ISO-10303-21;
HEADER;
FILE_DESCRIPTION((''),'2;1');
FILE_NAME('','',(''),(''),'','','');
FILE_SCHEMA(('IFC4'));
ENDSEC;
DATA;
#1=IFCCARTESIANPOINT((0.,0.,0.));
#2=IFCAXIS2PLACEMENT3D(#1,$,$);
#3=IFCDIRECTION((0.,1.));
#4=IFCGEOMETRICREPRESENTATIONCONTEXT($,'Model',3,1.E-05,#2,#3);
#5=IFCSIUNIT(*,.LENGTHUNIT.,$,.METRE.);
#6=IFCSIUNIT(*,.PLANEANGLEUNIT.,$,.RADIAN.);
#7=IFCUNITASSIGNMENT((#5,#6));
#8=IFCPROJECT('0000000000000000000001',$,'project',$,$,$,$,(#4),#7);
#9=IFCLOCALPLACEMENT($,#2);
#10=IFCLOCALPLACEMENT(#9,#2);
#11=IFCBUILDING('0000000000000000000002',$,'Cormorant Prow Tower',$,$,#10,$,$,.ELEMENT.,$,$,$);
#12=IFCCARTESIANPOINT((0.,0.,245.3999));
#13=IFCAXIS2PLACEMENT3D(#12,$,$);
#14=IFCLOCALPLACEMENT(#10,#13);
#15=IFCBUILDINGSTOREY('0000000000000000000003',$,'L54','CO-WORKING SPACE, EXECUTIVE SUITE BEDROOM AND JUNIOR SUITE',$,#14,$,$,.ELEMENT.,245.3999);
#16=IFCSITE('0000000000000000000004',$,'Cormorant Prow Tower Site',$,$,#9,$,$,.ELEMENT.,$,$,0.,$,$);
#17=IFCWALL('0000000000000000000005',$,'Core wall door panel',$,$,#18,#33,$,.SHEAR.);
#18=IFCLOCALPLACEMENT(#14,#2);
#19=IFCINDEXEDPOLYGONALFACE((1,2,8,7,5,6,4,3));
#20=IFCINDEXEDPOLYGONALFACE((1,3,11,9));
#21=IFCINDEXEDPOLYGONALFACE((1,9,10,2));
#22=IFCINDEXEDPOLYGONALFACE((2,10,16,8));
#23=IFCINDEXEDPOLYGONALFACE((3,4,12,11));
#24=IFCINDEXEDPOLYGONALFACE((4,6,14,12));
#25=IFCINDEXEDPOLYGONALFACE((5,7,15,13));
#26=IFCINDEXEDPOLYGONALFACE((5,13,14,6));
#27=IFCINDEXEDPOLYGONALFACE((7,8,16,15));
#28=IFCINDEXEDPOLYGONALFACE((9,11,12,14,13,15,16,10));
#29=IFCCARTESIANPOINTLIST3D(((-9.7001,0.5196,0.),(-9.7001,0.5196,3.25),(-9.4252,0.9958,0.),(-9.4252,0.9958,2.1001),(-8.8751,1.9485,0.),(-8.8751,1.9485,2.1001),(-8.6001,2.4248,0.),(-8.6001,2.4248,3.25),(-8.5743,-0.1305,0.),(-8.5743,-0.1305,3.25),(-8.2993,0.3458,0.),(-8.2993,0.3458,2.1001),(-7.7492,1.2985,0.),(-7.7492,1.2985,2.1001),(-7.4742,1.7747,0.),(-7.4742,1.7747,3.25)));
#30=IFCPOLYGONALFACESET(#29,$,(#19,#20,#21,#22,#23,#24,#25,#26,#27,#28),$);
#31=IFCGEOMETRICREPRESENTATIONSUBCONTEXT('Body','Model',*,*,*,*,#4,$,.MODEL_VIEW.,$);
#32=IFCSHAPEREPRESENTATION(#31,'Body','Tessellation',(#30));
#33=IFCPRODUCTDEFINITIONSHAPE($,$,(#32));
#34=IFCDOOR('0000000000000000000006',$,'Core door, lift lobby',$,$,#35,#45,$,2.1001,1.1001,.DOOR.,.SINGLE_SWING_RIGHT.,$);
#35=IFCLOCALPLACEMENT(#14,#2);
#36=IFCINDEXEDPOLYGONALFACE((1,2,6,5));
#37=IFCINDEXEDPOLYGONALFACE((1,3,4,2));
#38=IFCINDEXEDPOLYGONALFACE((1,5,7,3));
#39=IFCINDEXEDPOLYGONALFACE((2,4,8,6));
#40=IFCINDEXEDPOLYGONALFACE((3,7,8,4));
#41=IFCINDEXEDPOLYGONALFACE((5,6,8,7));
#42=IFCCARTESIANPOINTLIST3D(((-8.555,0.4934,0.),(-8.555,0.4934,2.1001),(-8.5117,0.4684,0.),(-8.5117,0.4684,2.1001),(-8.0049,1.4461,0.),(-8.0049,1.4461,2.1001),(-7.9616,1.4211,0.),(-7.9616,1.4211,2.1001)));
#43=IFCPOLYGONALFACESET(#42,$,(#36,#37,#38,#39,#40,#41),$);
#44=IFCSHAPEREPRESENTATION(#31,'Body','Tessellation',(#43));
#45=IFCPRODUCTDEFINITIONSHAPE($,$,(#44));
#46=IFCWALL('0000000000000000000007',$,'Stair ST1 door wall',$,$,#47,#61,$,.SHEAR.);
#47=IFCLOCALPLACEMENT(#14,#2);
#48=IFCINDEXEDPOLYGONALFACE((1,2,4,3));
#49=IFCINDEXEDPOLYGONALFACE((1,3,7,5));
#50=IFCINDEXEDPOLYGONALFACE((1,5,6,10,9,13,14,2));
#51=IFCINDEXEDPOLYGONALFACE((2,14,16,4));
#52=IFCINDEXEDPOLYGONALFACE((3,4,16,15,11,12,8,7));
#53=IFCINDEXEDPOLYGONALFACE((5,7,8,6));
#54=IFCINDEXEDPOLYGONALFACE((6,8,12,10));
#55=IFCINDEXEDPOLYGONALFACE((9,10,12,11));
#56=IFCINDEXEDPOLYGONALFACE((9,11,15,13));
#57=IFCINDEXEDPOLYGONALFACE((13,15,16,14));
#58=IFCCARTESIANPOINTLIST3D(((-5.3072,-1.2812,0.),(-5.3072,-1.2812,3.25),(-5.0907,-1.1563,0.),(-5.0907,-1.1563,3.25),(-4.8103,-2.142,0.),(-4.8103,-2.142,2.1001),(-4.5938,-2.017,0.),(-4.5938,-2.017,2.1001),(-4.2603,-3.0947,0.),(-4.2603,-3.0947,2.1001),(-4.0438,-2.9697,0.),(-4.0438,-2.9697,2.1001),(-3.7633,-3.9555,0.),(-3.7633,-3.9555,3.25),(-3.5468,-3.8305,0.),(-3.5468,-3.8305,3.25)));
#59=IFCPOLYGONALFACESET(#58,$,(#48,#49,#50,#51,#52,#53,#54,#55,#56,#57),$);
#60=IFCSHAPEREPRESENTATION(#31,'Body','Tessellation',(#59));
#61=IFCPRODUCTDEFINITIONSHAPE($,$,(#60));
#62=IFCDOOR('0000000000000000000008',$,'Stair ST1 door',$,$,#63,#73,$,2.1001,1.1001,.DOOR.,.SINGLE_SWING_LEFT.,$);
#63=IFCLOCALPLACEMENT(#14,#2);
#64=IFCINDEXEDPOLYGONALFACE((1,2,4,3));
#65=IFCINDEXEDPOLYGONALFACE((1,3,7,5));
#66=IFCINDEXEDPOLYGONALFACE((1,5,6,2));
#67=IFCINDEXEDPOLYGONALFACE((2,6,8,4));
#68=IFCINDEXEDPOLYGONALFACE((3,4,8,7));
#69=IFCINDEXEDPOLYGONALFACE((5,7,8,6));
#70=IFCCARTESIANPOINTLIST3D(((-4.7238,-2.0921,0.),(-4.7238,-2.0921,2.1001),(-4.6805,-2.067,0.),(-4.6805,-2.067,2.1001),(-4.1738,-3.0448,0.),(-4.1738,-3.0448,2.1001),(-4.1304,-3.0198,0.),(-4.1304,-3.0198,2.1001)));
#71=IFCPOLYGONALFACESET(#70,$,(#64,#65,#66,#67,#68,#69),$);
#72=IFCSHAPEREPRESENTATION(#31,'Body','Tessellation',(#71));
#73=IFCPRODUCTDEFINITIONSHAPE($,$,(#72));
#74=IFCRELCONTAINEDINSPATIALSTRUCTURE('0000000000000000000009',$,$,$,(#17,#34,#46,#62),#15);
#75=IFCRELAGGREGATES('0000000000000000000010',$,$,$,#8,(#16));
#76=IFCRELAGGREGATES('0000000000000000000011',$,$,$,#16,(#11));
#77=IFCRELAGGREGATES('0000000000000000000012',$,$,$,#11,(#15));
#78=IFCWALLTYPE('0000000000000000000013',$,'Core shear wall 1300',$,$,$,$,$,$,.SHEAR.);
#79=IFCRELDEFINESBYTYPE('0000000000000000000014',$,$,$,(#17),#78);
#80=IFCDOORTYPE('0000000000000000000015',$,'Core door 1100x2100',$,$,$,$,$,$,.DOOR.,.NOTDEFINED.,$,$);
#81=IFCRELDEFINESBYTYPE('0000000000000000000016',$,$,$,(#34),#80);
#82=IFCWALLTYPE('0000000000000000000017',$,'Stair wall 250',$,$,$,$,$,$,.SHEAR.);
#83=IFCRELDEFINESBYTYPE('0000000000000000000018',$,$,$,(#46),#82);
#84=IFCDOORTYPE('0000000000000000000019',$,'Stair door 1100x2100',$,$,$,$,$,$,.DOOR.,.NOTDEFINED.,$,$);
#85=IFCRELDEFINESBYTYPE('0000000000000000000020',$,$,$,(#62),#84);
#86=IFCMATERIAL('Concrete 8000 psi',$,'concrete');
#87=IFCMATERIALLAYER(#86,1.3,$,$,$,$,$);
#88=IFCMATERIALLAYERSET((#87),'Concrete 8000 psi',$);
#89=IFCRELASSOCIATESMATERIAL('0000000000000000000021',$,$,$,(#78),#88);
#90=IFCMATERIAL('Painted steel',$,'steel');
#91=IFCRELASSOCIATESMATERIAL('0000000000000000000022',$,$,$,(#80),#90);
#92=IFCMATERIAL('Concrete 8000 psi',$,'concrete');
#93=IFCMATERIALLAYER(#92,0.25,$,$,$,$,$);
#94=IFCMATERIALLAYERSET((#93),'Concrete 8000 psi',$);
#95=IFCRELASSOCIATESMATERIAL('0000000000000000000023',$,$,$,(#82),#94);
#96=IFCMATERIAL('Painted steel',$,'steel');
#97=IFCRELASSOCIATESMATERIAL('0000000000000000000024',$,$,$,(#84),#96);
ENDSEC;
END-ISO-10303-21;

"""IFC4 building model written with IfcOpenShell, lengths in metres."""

from ifc_helpers import new_model, si_unit, direction, frame, frame_2d, origin, place, context, subcontext, project, spatial, rectangle, extrude, material, layer, layer_set, type_object, element, fill, save


model = new_model("IFC4")

# Units and contexts
model_context = context("Model", 3, precision=1e-05, world=origin(), true_north=direction((0.0, 1.0)))
body_context = subcontext(model_context, "Body", "Model", "MODEL_VIEW")
ifc_project = project(units=[si_unit("LENGTHUNIT", "METRE"), si_unit("PLANEANGLEUNIT", "RADIAN")], contexts=[model_context])

# Site, building, storey
site_placement = place(None, origin())
site = spatial("IfcSite", under=ifc_project, at=site_placement, Name="Cormorant Prow Tower Site", CompositionType="ELEMENT", RefElevation=0.0)
building_placement = place(site_placement, origin())
building = spatial("IfcBuilding", under=site, at=building_placement, Name="Cormorant Prow Tower", CompositionType="ELEMENT")
storey_placement = place(building_placement, frame((0.0, 0.0, 245.3999)))
storey = spatial("IfcBuildingStorey", under=building, at=storey_placement, Name="L54", Description="CO-WORKING SPACE, EXECUTIVE SUITE BEDROOM AND JUNIOR SUITE", CompositionType="ELEMENT", Elevation=245.3999)

# Walls, openings, doors
ifc_material_1 = material(Name="Concrete 8000 psi", Category="concrete")
ifc_layer_1 = layer(ifc_material_1, 1.3)
ifc_layer_set_1 = layer_set([ifc_layer_1], Name="Concrete 8000 psi")
wall_type_1 = type_object("IfcWallType", Name="Core shear wall 1300", PredefinedType="SHEAR", material=ifc_layer_set_1)
wall_1_placement = place(storey_placement, frame((-8.0371, 2.0999, 0.0), z_axis=(0.0, 0.0, 1.0), x_axis=(-0.50003, -0.866008, 0.0)))
wall_1 = element("IfcWall", 1, at=wall_1_placement, inside=storey, type_object=wall_type_1, Name="Core wall door panel", PredefinedType="SHEAR", context=body_context, shape_type="SweptSolid", body=[
    extrude(rectangle(XDim=2.2, YDim=1.3, at=frame_2d((1.1001, 0.0))), origin(), (0.0, 0.0, 1.0), 3.25),
])
opening_1_placement = place(wall_1_placement, frame((0.55, 0.0, 0.0)))
opening_1 = element("IfcOpeningElement", 2, at=opening_1_placement, cuts=wall_1, PredefinedType="OPENING", context=body_context, shape_type="SweptSolid", body=[
    extrude(rectangle(XDim=1.1001, YDim=2.1001, at=frame_2d((0.55, 1.05))), frame((0.0, 0.6599, 0.0), z_axis=(0.0, -1.0, 0.0), x_axis=(1.0, 0.0, 0.0)), (0.0, 0.0, 1.0), 1.3201),
])
ifc_material_2 = material(Name="Painted steel", Category="steel")
door_type_1 = type_object("IfcDoorType", Name="Core door 1100x2100", OperationType="NOTDEFINED", PredefinedType="DOOR", material=ifc_material_2)
door_1_placement = place(opening_1_placement, origin())
door_1 = element("IfcDoor", 3, at=door_1_placement, inside=storey, type_object=door_type_1, Name="Core door, lift lobby", OperationType="SINGLE_SWING_RIGHT", OverallHeight=2.1001, OverallWidth=1.1001, PredefinedType="DOOR", context=body_context, shape_type="SweptSolid", body=[
    extrude(rectangle(XDim=1.1001, YDim=2.1001, at=frame_2d((0.55, 1.05))), frame((0.0, 0.4048, 0.0), z_axis=(0.0, -1.0, 0.0), x_axis=(1.0, 0.0, 0.0)), (0.0, 0.0, 1.0), 0.05),
])
fill(opening_1, door_1)
ifc_material_3 = material(Name="Concrete 8000 psi", Category="concrete")
ifc_layer_2 = layer(ifc_material_3, 0.25)
ifc_layer_set_2 = layer_set([ifc_layer_2], Name="Concrete 8000 psi")
wall_type_2 = type_object("IfcWallType", Name="Stair wall 250", PredefinedType="SHEAR", material=ifc_layer_set_2)
wall_2_placement = place(storey_placement, frame((-5.199, -1.2188, 0.0), z_axis=(0.0, 0.0, 1.0), x_axis=(0.499983, -0.866035, 0.0)))
wall_2 = element("IfcWall", 4, at=wall_2_placement, inside=storey, type_object=wall_type_2, Name="Stair ST1 door wall", PredefinedType="SHEAR", context=body_context, shape_type="SweptSolid", body=[
    extrude(rectangle(XDim=3.0879, YDim=0.25, at=frame_2d((1.5439, 0.0))), origin(), (0.0, 0.0, 1.0), 3.25),
])
opening_2_placement = place(wall_2_placement, frame((0.9939, 0.0, 0.0)))
opening_2 = element("IfcOpeningElement", 5, at=opening_2_placement, cuts=wall_2, PredefinedType="OPENING", context=body_context, shape_type="SweptSolid", body=[
    extrude(rectangle(XDim=1.1001, YDim=2.1001, at=frame_2d((0.55, 1.05))), frame((0.0, 0.135, 0.0), z_axis=(0.0, -1.0, 0.0), x_axis=(1.0, 0.0, 0.0)), (0.0, 0.0, 1.0), 0.27),
])
ifc_material_4 = material(Name="Painted steel", Category="steel")
door_type_2 = type_object("IfcDoorType", Name="Stair door 1100x2100", OperationType="NOTDEFINED", PredefinedType="DOOR", material=ifc_material_4)
door_2_placement = place(opening_2_placement, origin())
door_2 = element("IfcDoor", 6, at=door_2_placement, inside=storey, type_object=door_type_2, Name="Stair ST1 door", OperationType="SINGLE_SWING_LEFT", OverallHeight=2.1001, OverallWidth=1.1001, PredefinedType="DOOR", context=body_context, shape_type="SweptSolid", body=[
    extrude(rectangle(XDim=1.1001, YDim=2.1001, at=frame_2d((0.55, 1.05))), frame((0.0, 0.0249, 0.0), z_axis=(0.0, -1.0, 0.0), x_axis=(1.0, 0.0, 0.0)), (0.0, 0.0, 1.0), 0.05),
])
fill(opening_2, door_2)

save(model, "model.ifc")
